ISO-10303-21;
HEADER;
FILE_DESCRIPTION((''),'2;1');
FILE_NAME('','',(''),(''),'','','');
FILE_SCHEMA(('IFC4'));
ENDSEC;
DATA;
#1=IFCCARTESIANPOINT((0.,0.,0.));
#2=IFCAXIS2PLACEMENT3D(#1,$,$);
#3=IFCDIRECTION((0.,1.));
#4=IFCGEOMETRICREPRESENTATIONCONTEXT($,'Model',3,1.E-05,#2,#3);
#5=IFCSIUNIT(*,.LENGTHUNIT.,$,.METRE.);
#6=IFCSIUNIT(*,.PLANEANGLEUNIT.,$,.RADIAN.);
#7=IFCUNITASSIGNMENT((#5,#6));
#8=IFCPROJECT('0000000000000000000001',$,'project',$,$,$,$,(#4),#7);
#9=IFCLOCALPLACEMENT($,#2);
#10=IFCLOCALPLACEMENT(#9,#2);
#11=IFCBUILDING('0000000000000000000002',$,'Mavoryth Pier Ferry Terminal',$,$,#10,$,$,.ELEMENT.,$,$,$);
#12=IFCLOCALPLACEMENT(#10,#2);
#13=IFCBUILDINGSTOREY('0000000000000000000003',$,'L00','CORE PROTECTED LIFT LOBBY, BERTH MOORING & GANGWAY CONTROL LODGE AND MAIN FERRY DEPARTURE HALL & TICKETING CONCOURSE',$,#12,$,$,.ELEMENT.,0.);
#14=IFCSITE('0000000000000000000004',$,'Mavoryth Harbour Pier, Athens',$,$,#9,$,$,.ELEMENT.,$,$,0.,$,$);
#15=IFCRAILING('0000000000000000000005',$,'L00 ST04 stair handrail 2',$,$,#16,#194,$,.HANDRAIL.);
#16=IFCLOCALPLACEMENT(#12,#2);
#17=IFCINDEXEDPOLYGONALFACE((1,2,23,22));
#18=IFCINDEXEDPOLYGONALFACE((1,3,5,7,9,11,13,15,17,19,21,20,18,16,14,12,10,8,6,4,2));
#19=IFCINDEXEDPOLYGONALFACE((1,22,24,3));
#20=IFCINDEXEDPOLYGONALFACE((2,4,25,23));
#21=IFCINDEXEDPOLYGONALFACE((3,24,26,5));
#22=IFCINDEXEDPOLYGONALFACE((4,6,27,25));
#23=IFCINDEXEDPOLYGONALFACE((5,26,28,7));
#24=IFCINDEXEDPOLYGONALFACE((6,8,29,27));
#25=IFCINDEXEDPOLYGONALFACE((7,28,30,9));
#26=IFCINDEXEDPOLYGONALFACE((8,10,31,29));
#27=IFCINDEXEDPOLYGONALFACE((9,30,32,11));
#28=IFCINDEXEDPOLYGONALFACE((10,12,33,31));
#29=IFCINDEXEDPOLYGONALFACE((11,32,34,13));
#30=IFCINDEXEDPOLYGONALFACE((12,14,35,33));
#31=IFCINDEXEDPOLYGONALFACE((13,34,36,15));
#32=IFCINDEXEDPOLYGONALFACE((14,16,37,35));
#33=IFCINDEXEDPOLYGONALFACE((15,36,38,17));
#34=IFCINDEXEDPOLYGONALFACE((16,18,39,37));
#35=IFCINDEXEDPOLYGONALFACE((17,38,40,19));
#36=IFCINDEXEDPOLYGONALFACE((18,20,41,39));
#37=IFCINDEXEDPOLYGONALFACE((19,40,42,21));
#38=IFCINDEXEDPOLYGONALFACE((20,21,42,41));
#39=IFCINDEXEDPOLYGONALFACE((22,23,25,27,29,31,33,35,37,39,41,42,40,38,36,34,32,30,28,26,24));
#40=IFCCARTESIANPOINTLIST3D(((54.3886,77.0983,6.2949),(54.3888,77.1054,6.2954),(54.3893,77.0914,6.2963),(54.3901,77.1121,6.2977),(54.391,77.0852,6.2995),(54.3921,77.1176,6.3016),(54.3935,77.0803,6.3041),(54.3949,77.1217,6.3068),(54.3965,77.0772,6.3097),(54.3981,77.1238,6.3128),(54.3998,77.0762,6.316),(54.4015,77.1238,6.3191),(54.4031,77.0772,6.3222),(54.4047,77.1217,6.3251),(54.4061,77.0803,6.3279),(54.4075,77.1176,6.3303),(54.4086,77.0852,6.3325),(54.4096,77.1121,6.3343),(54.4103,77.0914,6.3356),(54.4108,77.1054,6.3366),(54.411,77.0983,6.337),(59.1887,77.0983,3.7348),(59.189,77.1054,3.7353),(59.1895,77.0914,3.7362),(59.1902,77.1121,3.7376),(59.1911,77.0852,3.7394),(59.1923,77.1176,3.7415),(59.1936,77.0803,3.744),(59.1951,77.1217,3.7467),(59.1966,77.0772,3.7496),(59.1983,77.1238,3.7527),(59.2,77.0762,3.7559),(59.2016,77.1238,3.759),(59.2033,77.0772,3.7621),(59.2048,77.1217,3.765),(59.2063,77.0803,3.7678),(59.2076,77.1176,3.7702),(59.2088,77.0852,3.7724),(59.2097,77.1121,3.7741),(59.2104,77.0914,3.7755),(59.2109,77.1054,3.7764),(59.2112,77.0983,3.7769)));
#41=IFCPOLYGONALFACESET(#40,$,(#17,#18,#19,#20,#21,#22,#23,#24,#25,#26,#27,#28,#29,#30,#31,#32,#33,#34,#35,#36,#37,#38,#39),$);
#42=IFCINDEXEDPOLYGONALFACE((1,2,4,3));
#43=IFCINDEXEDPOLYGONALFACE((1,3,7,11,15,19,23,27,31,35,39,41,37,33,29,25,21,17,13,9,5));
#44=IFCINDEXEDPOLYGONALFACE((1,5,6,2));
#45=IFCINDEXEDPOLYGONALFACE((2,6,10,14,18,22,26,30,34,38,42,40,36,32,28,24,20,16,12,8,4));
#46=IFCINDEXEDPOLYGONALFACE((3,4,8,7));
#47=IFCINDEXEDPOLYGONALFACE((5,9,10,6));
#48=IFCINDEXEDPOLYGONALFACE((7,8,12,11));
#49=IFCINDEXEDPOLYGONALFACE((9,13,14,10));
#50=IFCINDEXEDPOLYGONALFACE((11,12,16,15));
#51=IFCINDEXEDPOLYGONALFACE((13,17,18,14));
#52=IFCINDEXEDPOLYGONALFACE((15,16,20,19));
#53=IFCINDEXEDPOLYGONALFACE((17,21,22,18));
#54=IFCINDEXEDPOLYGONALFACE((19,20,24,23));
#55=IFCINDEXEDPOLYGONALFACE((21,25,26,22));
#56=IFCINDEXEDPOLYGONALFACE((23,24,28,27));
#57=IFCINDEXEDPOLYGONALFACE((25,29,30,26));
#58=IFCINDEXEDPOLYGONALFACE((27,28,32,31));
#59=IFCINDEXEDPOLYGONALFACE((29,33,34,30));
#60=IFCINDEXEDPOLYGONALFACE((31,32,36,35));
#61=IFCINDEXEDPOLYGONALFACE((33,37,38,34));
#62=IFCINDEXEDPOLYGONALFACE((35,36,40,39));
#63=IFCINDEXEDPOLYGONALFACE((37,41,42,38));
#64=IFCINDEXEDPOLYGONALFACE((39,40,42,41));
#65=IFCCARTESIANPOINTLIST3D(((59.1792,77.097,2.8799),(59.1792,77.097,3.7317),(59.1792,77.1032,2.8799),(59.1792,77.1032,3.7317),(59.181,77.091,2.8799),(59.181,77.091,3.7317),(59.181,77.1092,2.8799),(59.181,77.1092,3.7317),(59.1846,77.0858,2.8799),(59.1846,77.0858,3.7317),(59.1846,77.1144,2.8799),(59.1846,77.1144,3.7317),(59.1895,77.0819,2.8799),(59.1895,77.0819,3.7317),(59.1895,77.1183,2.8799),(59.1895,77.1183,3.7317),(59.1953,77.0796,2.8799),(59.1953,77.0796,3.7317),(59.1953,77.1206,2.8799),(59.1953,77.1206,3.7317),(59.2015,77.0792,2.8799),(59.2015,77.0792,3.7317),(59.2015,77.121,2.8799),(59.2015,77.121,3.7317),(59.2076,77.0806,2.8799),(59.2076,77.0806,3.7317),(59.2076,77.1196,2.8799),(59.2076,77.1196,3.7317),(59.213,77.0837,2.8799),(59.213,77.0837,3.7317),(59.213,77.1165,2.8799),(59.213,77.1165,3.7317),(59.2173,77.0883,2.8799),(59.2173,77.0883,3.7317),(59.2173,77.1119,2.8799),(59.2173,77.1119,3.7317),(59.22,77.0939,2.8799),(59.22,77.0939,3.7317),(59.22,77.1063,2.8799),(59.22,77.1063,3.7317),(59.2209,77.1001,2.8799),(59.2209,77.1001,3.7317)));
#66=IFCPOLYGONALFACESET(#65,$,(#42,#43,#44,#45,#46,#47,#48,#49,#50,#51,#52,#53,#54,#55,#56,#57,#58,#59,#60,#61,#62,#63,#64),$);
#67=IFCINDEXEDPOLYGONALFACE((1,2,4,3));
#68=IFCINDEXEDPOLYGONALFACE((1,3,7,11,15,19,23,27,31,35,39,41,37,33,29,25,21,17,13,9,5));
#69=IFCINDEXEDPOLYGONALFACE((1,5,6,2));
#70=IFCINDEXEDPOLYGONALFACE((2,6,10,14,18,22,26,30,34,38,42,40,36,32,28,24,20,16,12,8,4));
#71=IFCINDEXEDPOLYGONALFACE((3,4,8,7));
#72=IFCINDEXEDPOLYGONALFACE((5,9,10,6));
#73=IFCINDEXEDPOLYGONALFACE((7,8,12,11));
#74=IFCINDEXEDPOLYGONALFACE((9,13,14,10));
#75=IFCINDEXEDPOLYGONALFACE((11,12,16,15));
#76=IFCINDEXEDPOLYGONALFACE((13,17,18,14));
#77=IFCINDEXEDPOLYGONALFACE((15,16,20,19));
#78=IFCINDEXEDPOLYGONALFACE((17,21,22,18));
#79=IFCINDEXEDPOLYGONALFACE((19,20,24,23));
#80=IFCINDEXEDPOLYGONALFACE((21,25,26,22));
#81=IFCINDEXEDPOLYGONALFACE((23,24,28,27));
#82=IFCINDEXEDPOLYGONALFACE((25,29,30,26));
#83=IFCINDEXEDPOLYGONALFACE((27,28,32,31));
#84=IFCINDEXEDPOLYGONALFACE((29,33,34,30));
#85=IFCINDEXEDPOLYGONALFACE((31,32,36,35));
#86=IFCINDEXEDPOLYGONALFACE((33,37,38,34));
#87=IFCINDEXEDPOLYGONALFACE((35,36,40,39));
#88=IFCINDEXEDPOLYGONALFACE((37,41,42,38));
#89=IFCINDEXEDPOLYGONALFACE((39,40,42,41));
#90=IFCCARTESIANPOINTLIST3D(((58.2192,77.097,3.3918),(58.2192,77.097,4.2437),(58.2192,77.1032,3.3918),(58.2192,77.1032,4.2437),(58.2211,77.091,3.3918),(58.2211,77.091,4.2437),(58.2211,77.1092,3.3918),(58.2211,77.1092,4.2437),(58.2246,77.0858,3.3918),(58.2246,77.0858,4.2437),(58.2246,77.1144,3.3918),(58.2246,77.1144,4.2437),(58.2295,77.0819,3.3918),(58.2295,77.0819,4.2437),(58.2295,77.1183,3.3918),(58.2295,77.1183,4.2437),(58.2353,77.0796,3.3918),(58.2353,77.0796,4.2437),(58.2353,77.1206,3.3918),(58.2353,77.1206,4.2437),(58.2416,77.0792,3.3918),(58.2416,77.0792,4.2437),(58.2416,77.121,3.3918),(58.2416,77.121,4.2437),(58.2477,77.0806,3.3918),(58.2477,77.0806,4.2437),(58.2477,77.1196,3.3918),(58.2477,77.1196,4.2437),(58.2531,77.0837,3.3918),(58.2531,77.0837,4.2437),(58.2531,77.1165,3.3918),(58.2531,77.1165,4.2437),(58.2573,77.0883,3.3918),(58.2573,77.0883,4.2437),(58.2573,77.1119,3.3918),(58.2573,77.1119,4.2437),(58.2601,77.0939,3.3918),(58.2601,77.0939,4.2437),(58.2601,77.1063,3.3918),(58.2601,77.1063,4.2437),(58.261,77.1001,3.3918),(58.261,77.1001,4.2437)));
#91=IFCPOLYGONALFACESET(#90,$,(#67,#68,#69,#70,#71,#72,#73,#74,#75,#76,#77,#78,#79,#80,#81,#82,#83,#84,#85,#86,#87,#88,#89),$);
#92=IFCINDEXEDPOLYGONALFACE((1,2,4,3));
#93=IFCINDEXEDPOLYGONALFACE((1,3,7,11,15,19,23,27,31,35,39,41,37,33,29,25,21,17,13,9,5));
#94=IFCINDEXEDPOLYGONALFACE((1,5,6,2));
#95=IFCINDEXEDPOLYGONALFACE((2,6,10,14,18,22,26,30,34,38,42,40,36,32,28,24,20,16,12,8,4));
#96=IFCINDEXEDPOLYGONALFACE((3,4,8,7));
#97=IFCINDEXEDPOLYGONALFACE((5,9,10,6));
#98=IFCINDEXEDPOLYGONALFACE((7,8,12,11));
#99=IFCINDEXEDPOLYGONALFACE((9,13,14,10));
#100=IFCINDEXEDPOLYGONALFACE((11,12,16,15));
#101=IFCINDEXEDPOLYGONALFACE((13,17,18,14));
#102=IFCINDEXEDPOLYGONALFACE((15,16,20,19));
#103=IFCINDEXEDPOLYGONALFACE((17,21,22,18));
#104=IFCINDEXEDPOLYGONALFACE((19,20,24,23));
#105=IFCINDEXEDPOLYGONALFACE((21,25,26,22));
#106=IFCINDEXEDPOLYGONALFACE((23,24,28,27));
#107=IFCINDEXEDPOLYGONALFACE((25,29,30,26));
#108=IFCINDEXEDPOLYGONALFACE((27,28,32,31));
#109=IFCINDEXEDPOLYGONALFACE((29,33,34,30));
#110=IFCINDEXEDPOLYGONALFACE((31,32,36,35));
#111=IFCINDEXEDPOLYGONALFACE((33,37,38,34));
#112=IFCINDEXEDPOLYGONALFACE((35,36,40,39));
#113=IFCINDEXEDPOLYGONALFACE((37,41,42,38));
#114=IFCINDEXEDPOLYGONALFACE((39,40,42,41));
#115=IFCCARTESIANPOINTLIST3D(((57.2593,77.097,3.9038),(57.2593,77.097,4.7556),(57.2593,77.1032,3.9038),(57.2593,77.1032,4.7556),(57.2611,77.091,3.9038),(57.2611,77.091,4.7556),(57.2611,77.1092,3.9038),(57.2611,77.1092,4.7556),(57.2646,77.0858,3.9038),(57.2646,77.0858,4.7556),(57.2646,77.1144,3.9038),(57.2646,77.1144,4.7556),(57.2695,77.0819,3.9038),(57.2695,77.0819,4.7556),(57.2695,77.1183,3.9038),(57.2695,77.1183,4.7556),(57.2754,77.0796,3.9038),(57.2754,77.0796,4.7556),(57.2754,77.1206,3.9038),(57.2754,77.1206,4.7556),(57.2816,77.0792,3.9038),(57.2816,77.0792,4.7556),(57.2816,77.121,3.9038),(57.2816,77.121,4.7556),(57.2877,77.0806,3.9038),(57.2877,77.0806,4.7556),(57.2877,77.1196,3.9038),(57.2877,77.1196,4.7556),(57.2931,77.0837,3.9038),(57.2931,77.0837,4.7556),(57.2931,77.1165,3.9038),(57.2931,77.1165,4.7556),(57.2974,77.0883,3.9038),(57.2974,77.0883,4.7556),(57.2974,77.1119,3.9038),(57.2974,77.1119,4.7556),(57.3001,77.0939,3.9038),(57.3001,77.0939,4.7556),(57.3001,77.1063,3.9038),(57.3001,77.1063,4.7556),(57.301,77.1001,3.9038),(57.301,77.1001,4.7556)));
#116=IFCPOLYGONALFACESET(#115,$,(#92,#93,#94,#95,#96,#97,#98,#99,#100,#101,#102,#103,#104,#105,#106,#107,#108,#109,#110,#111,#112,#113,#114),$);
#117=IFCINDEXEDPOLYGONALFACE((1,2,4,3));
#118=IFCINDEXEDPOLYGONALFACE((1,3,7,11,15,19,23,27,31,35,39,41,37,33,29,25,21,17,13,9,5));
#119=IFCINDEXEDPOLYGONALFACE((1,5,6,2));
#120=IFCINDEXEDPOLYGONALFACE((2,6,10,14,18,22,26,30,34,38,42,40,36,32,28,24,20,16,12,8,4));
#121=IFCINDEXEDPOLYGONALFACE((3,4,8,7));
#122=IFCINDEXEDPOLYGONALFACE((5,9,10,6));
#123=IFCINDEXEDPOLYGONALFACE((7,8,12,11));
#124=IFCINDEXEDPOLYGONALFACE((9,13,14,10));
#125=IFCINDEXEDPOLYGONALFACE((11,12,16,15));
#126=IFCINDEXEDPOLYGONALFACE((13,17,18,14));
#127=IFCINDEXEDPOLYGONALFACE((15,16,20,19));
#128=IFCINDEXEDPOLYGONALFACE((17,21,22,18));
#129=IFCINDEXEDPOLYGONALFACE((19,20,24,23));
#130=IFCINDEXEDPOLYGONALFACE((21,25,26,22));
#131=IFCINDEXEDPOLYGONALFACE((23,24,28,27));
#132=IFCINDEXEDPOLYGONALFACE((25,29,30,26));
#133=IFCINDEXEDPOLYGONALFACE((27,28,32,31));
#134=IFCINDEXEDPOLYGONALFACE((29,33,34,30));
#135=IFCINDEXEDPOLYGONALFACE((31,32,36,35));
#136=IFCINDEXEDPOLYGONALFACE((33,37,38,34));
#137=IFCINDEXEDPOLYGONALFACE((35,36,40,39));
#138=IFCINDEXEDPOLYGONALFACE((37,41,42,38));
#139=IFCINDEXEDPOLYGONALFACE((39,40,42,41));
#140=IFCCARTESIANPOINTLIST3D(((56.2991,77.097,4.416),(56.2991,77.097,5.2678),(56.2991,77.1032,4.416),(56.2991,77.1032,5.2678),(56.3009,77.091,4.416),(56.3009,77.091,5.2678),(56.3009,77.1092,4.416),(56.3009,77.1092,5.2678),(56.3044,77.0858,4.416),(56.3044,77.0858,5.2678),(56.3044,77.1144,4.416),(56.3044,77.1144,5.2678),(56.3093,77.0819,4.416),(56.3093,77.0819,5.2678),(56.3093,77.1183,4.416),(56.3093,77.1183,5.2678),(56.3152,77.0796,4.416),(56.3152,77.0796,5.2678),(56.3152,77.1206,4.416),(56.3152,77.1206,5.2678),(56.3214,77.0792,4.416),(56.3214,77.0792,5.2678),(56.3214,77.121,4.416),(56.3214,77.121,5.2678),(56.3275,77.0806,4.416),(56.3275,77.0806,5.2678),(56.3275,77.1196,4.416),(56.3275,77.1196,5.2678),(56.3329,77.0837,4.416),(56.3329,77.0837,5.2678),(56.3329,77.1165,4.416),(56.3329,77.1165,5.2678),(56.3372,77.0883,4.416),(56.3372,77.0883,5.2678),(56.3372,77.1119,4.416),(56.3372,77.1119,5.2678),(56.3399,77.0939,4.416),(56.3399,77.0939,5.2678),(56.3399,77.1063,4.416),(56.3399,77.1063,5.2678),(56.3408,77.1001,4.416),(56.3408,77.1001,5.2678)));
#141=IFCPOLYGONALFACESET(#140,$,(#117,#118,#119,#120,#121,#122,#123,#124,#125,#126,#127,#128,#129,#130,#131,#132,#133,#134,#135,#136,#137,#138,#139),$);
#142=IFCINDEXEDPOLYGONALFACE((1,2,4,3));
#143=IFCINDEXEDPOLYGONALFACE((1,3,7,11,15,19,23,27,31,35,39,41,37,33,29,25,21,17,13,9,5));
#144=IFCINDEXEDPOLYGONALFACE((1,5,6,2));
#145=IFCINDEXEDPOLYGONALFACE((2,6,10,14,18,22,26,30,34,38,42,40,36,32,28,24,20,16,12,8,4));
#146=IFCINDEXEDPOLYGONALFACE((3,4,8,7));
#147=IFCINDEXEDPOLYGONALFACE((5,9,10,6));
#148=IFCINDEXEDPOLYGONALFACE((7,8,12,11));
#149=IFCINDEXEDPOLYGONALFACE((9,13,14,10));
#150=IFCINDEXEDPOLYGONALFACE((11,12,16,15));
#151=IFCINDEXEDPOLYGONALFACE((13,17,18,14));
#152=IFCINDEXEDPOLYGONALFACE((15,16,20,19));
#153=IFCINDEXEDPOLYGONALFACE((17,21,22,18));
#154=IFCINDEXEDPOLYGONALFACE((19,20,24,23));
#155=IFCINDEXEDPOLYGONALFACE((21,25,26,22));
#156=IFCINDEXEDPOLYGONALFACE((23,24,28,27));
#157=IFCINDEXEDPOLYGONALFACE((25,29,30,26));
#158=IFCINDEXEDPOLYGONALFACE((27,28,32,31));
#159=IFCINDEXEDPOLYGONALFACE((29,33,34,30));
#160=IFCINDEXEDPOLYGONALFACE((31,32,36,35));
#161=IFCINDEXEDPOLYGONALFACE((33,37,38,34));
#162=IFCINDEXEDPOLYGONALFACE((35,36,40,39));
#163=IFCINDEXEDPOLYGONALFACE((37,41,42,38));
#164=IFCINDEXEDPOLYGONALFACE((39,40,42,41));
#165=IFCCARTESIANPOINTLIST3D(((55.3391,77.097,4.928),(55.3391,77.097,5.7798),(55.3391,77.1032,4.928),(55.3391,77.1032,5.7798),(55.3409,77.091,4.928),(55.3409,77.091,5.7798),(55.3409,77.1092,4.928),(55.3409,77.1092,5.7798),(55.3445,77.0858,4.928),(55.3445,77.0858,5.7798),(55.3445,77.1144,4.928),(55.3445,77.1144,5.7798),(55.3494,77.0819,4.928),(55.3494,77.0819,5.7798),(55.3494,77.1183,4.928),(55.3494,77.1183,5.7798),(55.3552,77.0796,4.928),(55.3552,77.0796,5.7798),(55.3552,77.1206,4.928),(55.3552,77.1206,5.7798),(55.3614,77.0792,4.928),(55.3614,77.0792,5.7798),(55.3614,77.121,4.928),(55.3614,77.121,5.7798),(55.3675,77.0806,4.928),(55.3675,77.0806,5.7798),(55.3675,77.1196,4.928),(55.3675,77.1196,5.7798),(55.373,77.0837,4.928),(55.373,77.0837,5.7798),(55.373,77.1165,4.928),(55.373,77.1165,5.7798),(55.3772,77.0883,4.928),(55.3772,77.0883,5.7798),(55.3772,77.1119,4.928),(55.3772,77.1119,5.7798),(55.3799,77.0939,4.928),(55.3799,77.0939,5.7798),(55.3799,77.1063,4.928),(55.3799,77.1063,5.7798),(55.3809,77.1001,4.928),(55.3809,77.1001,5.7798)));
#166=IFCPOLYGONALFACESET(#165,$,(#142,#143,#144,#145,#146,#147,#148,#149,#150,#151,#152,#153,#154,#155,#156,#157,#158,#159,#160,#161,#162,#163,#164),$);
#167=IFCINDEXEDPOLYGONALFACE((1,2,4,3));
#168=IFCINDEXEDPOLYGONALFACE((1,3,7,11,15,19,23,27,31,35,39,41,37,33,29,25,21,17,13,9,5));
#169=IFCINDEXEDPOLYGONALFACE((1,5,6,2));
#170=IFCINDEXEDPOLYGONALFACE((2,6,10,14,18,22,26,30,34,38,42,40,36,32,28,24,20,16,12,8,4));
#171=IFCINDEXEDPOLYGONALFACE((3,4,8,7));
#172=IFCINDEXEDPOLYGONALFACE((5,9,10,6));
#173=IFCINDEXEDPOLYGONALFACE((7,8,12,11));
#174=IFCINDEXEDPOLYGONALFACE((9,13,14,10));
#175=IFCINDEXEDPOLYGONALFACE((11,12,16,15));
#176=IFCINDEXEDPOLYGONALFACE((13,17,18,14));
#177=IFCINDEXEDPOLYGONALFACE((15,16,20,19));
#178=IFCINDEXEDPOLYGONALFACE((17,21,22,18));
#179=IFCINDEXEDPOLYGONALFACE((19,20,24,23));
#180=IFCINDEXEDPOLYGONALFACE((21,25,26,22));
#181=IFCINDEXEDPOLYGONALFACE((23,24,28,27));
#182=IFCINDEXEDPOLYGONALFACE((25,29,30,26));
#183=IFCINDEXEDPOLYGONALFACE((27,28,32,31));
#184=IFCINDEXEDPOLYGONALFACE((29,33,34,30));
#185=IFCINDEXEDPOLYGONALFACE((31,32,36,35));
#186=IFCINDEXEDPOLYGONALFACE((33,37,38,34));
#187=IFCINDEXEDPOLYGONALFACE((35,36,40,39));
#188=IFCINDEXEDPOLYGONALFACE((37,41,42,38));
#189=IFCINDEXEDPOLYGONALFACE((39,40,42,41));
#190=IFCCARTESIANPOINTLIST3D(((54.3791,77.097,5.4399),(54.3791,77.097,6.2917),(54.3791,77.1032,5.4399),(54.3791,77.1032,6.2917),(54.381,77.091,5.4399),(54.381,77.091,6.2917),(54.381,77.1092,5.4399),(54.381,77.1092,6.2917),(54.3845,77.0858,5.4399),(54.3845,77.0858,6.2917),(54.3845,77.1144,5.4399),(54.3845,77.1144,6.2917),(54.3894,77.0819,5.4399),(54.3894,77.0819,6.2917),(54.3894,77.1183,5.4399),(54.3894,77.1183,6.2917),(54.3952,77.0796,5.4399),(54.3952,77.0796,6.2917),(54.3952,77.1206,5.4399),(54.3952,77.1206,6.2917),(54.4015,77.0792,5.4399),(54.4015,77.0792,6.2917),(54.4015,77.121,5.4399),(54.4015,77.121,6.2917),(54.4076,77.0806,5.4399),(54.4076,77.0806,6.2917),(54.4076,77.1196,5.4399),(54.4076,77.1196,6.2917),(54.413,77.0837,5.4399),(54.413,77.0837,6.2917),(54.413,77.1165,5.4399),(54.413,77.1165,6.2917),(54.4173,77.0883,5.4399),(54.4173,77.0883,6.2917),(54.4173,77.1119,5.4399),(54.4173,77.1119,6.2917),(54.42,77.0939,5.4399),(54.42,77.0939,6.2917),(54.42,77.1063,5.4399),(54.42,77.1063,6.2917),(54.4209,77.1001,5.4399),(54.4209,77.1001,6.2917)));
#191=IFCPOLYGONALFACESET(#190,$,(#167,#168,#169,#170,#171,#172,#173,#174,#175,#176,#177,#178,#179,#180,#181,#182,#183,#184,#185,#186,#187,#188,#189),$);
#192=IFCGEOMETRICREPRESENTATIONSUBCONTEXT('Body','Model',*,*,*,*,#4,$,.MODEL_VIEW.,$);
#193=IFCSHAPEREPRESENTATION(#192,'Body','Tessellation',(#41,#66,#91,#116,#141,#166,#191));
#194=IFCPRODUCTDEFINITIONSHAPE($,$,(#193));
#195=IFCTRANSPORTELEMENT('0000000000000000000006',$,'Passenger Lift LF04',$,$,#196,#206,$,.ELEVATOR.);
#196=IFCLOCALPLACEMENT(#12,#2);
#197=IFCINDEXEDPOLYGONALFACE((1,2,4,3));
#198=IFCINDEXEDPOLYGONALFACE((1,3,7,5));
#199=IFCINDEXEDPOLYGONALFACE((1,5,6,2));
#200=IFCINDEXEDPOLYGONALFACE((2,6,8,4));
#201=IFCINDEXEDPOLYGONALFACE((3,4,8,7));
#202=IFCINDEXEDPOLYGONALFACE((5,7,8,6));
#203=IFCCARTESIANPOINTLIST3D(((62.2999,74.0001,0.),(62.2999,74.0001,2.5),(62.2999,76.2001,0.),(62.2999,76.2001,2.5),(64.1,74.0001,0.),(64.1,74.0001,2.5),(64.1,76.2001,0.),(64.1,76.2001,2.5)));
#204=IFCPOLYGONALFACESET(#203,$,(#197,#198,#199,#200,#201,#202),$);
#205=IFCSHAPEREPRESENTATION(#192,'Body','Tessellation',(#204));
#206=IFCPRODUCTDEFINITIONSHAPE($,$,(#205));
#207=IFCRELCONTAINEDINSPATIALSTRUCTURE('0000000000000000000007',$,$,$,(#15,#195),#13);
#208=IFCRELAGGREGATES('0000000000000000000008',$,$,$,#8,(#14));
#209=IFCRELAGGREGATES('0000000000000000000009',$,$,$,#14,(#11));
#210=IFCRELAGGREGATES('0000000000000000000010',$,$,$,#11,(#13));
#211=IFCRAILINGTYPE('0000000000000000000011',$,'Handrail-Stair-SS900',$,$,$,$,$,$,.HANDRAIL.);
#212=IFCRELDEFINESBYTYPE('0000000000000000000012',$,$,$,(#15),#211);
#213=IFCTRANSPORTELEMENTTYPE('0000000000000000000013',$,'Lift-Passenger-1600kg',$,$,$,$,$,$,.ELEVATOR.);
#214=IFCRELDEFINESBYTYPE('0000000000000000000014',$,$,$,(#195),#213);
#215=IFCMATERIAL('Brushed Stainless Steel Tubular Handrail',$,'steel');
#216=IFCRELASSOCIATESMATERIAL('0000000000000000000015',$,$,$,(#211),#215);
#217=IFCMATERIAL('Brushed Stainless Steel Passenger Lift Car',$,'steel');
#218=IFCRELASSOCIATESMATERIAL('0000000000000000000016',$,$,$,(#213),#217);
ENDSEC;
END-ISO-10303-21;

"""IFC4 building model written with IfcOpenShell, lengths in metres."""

from ifc_helpers import new_model, si_unit, direction, frame, origin, origin_2d, place, context, subcontext, project, spatial, rectangle, circle, extrude, material, type_object, element, save


model = new_model("IFC4")

# Units and contexts
model_context = context("Model", 3, precision=1e-05, world=origin(), true_north=direction((0.0, 1.0)))
body_context = subcontext(model_context, "Body", "Model", "MODEL_VIEW")
ifc_project = project(units=[si_unit("LENGTHUNIT", "METRE"), si_unit("PLANEANGLEUNIT", "RADIAN")], contexts=[model_context])

# Site, building, storey
site_placement = place(None, origin())
site = spatial("IfcSite", under=ifc_project, at=site_placement, Name="Mavoryth Harbour Pier, Athens", CompositionType="ELEMENT", RefElevation=0.0)
building_placement = place(site_placement, origin())
building = spatial("IfcBuilding", under=site, at=building_placement, Name="Mavoryth Pier Ferry Terminal", CompositionType="ELEMENT")
storey_placement = place(building_placement, origin())
storey = spatial("IfcBuildingStorey", under=building, at=storey_placement, Name="L00", Description="CORE PROTECTED LIFT LOBBY, BERTH MOORING & GANGWAY CONTROL LODGE AND MAIN FERRY DEPARTURE HALL & TICKETING CONCOURSE", CompositionType="ELEMENT", Elevation=0.0)

# Railing
ifc_material_1 = material(Name="Brushed Stainless Steel Tubular Handrail", Category="steel")
railing_type_1 = type_object("IfcRailingType", Name="Handrail-Stair-SS900", PredefinedType="HANDRAIL", material=ifc_material_1)
railing_1_placement = place(storey_placement, frame((59.2, 77.1001, 2.8799)))
element("IfcRailing", 1, at=railing_1_placement, inside=storey, type_object=railing_type_1, Name="L00 ST04 stair handrail 2", PredefinedType="HANDRAIL", context=body_context, shape_type="SweptSolid", body=[
    extrude(circle(Radius=0.0239, at=origin_2d()), frame((0.0, 0.0, 0.876), z_axis=(-0.88235, 0.0, 0.470593), x_axis=(0.0, -1.0, 0.0)), (0.0, 0.0, 1.0), 5.4402),
    extrude(circle(Radius=0.021, at=origin_2d()), origin(), (0.0, 0.0, 1.0), 0.8518),
    extrude(circle(Radius=0.021, at=origin_2d()), frame((-0.96, 0.0, 0.512)), (0.0, 0.0, 1.0), 0.8518),
    extrude(circle(Radius=0.021, at=origin_2d()), frame((-1.9199, 0.0, 1.0239)), (0.0, 0.0, 1.0), 0.8518),
    extrude(circle(Radius=0.021, at=origin_2d()), frame((-2.8801, 0.0, 1.5361)), (0.0, 0.0, 1.0), 0.8518),
    extrude(circle(Radius=0.021, at=origin_2d()), frame((-3.8401, 0.0, 2.0481)), (0.0, 0.0, 1.0), 0.8518),
    extrude(circle(Radius=0.021, at=origin_2d()), frame((-4.8, 0.0, 2.5601)), (0.0, 0.0, 1.0), 0.8518),
])

# Transport element
ifc_material_2 = material(Name="Brushed Stainless Steel Passenger Lift Car", Category="steel")
transport_element_type = type_object("IfcTransportElementType", Name="Lift-Passenger-1600kg", PredefinedType="ELEVATOR", material=ifc_material_2)
transport_element_placement = place(storey_placement, frame((63.2, 75.1001, 0.0), z_axis=(0.0, 0.0, 1.0), x_axis=(1.0, 0.0, 0.0)))
element("IfcTransportElement", 2, at=transport_element_placement, inside=storey, type_object=transport_element_type, Name="Passenger Lift LF04", PredefinedType="ELEVATOR", context=body_context, shape_type="SweptSolid", body=[
    extrude(rectangle(XDim=1.8, YDim=2.2, at=origin_2d()), origin(), (0.0, 0.0, 1.0), 2.5),
])

save(model, "model.ifc")
